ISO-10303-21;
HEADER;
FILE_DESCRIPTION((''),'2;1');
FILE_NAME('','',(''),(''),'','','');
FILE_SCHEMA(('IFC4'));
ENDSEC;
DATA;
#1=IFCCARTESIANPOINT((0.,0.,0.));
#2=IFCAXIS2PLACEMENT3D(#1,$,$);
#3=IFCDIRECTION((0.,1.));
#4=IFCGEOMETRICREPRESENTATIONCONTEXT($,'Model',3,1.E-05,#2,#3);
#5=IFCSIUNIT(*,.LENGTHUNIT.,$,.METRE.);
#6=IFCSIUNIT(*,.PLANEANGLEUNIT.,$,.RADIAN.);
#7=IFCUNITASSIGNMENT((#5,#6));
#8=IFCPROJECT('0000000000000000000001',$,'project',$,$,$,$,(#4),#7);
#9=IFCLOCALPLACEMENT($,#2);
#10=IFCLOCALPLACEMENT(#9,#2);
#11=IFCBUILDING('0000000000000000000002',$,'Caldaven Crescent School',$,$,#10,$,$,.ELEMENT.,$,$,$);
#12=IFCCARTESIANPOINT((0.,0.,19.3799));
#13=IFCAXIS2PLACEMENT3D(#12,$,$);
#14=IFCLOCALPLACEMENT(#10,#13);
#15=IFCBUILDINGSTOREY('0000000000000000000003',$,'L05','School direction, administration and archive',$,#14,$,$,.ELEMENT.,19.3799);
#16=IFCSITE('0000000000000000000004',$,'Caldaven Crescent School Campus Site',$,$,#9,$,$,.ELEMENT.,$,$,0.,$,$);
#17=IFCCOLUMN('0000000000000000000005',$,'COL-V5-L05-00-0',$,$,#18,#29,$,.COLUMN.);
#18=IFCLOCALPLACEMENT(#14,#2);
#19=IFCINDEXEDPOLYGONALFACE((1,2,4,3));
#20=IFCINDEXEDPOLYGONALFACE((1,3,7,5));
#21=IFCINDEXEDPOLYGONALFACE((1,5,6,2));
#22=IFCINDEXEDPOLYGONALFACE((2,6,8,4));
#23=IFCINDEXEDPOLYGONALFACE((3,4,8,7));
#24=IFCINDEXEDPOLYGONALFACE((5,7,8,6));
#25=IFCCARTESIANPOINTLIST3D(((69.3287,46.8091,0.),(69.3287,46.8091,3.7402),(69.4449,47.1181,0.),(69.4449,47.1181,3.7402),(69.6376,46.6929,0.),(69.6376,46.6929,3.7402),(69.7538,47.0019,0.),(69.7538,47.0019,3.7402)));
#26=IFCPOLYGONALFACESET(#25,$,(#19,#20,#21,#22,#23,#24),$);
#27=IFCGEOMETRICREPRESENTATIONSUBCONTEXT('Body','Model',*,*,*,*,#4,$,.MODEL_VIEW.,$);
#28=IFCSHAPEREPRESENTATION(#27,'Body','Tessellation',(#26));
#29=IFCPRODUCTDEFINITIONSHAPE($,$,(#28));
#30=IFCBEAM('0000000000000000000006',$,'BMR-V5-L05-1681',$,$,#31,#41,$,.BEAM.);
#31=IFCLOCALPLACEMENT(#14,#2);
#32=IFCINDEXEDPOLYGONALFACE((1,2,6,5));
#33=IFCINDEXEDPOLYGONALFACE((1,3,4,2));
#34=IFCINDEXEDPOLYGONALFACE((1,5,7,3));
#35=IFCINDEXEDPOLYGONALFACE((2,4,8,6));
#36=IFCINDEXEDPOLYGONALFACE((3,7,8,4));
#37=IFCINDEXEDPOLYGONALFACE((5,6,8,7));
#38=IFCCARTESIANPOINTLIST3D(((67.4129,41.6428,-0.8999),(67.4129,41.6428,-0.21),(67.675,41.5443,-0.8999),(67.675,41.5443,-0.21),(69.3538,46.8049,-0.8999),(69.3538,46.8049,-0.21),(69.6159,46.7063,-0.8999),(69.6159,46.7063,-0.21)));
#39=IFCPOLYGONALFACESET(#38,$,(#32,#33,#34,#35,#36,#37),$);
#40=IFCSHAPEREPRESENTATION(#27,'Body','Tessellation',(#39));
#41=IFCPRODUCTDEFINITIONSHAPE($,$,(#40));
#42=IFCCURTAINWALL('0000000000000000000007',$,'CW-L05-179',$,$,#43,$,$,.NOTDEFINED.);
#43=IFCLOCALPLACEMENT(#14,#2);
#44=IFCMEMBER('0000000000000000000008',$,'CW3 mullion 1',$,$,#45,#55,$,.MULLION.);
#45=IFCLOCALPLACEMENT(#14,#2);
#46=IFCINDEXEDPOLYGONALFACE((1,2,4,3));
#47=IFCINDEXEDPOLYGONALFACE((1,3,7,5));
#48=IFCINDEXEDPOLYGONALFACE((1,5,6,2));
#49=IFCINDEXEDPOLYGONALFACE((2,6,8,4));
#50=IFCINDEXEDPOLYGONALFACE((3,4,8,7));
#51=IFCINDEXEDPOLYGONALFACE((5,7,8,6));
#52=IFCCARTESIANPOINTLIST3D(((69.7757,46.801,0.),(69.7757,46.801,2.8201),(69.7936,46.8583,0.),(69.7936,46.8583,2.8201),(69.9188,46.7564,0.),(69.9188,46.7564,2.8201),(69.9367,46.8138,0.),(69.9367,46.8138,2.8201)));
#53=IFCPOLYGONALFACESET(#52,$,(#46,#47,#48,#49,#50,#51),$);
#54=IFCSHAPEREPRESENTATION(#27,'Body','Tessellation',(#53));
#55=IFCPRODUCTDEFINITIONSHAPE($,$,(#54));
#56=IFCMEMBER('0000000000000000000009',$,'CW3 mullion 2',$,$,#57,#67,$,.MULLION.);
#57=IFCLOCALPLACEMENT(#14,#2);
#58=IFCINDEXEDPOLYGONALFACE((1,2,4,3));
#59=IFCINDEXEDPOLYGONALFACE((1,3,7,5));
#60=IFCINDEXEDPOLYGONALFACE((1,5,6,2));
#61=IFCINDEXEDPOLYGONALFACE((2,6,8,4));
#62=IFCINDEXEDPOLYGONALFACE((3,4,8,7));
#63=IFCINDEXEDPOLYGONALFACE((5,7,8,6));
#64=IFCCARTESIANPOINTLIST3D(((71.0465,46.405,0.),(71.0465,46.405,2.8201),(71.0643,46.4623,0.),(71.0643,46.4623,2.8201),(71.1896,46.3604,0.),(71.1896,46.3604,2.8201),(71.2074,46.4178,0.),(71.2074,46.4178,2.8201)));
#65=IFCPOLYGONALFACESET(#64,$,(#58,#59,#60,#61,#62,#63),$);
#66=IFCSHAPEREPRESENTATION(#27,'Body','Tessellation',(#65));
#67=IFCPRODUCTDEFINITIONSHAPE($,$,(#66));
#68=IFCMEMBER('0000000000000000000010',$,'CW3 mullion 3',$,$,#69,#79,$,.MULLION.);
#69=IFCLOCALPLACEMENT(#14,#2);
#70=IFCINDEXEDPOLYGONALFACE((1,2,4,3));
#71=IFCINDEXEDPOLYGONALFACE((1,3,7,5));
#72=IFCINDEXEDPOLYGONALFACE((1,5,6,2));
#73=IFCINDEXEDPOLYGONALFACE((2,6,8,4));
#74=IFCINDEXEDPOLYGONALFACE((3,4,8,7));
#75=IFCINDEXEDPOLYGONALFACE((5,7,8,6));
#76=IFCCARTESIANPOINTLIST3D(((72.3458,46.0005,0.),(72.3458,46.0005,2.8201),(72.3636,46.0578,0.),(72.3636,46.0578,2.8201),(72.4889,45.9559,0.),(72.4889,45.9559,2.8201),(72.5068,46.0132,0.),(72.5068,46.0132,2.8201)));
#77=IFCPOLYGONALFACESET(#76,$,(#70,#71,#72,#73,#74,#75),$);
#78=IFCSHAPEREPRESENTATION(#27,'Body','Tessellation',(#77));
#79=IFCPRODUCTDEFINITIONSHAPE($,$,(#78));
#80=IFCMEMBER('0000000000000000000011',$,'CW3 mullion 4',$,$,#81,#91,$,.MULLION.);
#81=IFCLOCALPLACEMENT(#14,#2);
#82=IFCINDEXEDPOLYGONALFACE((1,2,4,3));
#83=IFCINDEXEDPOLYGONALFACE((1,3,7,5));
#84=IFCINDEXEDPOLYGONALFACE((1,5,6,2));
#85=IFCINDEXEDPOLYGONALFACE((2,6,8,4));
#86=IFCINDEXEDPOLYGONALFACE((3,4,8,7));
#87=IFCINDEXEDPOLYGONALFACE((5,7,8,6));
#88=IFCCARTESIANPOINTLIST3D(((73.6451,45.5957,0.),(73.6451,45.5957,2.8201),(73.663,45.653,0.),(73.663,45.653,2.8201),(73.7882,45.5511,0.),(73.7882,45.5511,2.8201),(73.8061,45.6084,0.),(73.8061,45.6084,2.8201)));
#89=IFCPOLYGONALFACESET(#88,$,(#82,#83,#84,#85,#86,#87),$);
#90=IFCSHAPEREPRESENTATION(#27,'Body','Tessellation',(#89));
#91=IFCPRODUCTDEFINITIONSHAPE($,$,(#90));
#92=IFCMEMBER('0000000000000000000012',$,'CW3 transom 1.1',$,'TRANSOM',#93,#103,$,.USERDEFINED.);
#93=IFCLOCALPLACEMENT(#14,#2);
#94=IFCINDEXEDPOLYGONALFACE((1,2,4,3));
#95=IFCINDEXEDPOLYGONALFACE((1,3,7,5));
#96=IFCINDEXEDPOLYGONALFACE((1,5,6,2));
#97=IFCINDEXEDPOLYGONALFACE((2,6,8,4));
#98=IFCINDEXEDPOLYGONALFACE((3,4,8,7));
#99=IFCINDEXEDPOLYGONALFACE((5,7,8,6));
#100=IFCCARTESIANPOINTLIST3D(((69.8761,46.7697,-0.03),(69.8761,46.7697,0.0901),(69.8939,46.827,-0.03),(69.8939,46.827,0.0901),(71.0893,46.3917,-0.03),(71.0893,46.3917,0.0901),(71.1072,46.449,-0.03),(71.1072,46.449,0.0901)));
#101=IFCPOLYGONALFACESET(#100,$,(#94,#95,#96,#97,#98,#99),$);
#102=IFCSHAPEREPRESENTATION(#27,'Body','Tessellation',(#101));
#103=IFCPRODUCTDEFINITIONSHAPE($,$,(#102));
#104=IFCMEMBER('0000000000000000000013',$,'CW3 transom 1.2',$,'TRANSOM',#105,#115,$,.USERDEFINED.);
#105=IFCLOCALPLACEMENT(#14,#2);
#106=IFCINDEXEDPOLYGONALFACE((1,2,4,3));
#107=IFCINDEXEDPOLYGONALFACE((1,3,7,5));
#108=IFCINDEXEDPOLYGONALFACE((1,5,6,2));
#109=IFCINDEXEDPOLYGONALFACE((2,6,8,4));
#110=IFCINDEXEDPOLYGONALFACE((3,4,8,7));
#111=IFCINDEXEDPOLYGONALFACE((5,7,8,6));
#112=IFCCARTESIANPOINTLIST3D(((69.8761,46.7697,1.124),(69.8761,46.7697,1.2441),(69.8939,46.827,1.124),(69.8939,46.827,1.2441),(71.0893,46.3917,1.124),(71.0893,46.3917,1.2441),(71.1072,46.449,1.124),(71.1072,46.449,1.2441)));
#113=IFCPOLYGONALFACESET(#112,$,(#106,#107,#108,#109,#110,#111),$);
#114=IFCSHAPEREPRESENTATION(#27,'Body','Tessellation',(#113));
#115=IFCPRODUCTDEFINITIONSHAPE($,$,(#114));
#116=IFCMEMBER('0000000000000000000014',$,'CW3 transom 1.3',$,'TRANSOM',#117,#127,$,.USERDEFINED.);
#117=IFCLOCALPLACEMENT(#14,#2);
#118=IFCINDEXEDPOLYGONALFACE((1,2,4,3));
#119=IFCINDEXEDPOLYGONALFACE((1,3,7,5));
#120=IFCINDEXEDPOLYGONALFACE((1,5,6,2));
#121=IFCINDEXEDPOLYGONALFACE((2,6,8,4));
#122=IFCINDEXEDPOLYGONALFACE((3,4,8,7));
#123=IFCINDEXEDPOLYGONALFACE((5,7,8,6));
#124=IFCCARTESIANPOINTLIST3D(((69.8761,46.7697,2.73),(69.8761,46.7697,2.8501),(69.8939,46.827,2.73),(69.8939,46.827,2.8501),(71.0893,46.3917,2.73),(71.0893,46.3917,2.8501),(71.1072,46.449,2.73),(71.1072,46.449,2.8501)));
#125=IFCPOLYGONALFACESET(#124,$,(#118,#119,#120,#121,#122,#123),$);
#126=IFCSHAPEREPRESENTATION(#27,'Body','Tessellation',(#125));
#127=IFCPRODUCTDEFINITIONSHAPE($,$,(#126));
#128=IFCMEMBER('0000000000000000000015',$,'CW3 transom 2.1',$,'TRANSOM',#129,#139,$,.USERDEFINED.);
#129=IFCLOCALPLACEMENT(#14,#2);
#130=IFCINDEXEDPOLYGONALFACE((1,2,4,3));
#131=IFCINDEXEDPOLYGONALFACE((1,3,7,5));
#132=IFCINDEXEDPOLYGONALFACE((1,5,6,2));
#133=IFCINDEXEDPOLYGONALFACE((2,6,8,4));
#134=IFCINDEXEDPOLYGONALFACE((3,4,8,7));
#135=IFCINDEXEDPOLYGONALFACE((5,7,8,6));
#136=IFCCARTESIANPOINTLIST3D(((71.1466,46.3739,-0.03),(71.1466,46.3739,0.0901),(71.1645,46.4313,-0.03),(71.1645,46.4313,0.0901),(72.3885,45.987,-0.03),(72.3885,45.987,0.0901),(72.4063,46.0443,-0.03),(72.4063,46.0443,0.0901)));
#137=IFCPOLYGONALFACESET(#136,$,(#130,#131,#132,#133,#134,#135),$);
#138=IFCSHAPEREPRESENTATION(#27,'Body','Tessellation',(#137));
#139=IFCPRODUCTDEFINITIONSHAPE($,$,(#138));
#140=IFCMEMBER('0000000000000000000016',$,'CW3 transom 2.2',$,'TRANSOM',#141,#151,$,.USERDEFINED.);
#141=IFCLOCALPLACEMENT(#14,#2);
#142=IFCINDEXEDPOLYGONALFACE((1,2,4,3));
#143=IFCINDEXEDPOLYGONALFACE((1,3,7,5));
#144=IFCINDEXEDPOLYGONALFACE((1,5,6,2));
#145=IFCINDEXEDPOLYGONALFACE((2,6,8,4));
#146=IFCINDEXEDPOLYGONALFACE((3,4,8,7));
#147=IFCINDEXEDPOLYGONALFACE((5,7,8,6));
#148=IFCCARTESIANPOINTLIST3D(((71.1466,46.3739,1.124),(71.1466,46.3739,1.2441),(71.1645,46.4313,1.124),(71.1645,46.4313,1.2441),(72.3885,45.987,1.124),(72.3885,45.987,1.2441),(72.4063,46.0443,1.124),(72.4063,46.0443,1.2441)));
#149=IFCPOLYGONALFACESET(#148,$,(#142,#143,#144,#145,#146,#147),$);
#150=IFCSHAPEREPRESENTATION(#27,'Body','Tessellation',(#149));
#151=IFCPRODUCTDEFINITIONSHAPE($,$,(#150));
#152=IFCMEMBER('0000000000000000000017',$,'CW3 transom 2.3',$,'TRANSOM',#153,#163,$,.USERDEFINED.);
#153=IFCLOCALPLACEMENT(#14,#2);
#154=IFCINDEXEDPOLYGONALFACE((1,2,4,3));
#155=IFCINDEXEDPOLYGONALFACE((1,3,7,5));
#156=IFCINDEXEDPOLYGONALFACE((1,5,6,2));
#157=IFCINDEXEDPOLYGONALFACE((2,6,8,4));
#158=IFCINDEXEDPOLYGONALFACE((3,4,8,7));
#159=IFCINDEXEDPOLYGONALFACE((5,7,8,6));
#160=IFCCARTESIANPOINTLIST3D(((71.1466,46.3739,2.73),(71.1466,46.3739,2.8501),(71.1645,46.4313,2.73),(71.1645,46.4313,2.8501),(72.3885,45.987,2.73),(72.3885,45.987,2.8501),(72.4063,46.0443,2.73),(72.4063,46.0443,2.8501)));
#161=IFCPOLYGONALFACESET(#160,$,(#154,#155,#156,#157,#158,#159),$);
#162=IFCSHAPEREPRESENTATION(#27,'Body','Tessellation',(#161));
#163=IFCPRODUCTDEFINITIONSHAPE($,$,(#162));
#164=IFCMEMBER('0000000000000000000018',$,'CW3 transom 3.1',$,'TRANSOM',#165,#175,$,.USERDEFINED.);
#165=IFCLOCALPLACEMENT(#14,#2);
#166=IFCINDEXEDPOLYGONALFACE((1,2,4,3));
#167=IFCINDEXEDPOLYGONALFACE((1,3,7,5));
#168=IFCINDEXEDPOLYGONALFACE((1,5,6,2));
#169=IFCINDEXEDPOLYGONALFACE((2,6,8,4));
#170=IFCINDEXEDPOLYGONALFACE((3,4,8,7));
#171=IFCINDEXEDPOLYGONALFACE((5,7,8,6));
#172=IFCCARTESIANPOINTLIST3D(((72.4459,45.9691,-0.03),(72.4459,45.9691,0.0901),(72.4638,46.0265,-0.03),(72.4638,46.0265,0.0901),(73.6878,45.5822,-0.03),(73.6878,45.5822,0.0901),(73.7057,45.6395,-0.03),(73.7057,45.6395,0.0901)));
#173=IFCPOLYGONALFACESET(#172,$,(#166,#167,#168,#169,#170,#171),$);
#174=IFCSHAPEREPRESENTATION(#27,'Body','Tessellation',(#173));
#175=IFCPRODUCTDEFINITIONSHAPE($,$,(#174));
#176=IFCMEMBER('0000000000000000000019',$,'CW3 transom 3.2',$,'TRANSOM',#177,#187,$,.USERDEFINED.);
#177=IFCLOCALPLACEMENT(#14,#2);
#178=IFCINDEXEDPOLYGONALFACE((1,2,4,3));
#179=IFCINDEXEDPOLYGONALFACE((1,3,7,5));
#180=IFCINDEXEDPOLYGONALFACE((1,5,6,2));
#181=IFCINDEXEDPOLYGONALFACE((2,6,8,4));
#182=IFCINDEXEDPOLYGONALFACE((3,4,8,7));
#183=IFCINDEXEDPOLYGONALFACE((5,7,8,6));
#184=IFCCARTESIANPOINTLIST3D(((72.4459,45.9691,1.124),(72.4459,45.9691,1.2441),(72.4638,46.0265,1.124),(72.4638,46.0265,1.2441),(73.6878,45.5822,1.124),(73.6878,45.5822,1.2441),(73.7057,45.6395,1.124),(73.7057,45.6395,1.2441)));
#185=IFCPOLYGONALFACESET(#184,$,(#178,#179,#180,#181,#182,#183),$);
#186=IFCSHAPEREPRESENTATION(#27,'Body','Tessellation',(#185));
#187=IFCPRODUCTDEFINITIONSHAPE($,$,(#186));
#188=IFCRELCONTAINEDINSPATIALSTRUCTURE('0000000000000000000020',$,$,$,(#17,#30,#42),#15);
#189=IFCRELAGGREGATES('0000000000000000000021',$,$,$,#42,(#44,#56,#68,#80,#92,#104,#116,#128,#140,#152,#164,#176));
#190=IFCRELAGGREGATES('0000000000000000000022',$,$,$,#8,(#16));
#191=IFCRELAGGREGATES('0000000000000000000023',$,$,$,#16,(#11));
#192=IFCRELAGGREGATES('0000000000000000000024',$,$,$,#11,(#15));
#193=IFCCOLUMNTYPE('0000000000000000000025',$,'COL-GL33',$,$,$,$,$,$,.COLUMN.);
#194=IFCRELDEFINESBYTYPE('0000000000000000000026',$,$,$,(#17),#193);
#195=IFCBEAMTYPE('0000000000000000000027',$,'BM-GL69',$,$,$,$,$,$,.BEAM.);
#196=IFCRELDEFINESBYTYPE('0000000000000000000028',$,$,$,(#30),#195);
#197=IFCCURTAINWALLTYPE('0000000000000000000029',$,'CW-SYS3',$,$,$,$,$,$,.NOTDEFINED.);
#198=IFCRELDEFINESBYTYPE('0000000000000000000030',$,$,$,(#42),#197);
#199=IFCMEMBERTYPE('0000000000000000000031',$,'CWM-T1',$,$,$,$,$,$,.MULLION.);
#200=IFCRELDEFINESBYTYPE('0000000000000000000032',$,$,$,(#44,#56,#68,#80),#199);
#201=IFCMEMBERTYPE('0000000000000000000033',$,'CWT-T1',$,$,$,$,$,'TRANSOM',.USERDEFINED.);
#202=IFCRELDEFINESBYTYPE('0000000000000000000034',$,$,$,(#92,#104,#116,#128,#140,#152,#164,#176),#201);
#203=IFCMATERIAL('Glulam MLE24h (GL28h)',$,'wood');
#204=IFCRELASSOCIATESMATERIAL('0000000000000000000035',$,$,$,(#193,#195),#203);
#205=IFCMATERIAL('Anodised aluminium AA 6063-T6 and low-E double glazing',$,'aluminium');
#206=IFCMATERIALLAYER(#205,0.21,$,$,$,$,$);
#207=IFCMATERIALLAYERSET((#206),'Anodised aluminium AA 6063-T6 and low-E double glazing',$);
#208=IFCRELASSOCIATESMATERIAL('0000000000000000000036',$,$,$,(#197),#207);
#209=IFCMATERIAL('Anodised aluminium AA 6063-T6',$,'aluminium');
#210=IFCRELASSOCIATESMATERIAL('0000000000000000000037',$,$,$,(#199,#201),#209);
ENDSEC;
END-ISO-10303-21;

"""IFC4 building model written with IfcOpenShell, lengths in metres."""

from ifc_helpers import new_model, si_unit, direction, frame, origin, origin_2d, place, context, subcontext, project, spatial, rectangle, extrude, material, layer, layer_set, material_profile, profile_set, type_object, element, aggregate, save


model = new_model("IFC4")

# Units and contexts
model_context = context("Model", 3, precision=1e-05, world=origin(), true_north=direction((0.0, 1.0)))
body_context = subcontext(model_context, "Body", "Model", "MODEL_VIEW")
ifc_project = project(units=[si_unit("LENGTHUNIT", "METRE"), si_unit("PLANEANGLEUNIT", "RADIAN")], contexts=[model_context])

# Site, building, storey
site_placement = place(None, origin())
site = spatial("IfcSite", under=ifc_project, at=site_placement, Name="Caldaven Crescent School Campus Site", CompositionType="ELEMENT", RefElevation=0.0)
building_placement = place(site_placement, origin())
building = spatial("IfcBuilding", under=site, at=building_placement, Name="Caldaven Crescent School", CompositionType="ELEMENT")
storey_placement = place(building_placement, frame((0.0, 0.0, 19.3799)))
storey = spatial("IfcBuildingStorey", under=building, at=storey_placement, Name="L05", Description="School direction, administration and archive", CompositionType="ELEMENT", Elevation=19.3799)

# Column
ifc_material_1 = material(Name="Glulam MLE24h (GL28h)", Category="wood")
ifc_material_profile_1 = material_profile(ifc_material_1, rectangle(XDim=0.3301, YDim=0.3301, at=origin_2d()), Name="MLE 330x330")
ifc_profile_set_1 = profile_set([ifc_material_profile_1], Name="Glulam MLE24h (GL28h)")
column_type = type_object("IfcColumnType", Name="COL-GL33", PredefinedType="COLUMN", material=ifc_profile_set_1)
column_placement = place(storey_placement, frame((69.5413, 46.9055, 0.0), z_axis=(0.0, 0.0, 1.0), x_axis=(-0.352005, -0.935998, 0.0)))
element("IfcColumn", 1, at=column_placement, inside=storey, type_object=column_type, Name="COL-V5-L05-00-0", PredefinedType="COLUMN", context=body_context, shape_type="SweptSolid", body=[
    extrude(rectangle(XDim=0.3301, YDim=0.3301, at=origin_2d()), origin(), (0.0, 0.0, 1.0), 3.7402),
])

# Beam
ifc_material_profile_2 = material_profile(ifc_material_1, rectangle(XDim=0.28, YDim=0.6899, at=origin_2d()), Name="MLE 280x690")
ifc_profile_set_2 = profile_set([ifc_material_profile_2], Name="Glulam MLE24h (GL28h)")
beam_type_1 = type_object("IfcBeamType", Name="BM-GL69", PredefinedType="BEAM", material=ifc_profile_set_2)
beam_1_placement = place(storey_placement, frame((69.4849, 46.7556, -0.5549), z_axis=(-0.351938, -0.936023, 0.0), x_axis=(0.936023, -0.351938, 0.0)))
element("IfcBeam", 2, at=beam_1_placement, inside=storey, type_object=beam_type_1, Name="BMR-V5-L05-1681", PredefinedType="BEAM", context=body_context, shape_type="SweptSolid", body=[
    extrude(rectangle(XDim=0.28, YDim=0.6899, at=origin_2d()), origin(), (0.0, 0.0, 1.0), 5.5149),
])

# Curtain wall, members
ifc_material_2 = material(Name="Anodised aluminium AA 6063-T6 and low-E double glazing", Category="aluminium")
ifc_layer_1 = layer(ifc_material_2, 0.21)
ifc_layer_set_1 = layer_set([ifc_layer_1], Name="Anodised aluminium AA 6063-T6 and low-E double glazing")
curtain_wall_type = type_object("IfcCurtainWallType", Name="CW-SYS3", PredefinedType="NOTDEFINED", material=ifc_layer_set_1)
curtain_wall_placement = place(storey_placement, origin())
curtain_wall = element("IfcCurtainWall", 3, at=curtain_wall_placement, inside=storey, type_object=curtain_wall_type, Name="CW-L05-179", PredefinedType="NOTDEFINED")
ifc_material_3 = material(Name="Anodised aluminium AA 6063-T6", Category="aluminium")
ifc_material_profile_3 = material_profile(ifc_material_3, rectangle(XDim=0.0601, YDim=0.1499, at=origin_2d()), Name="CWM 60x150")
ifc_profile_set_3 = profile_set([ifc_material_profile_3], Name="Anodised aluminium AA 6063-T6")
member_type_1 = type_object("IfcMemberType", Name="CWM-T1", PredefinedType="MULLION", material=ifc_profile_set_3)
member_1_placement = place(storey_placement, frame((69.8562, 46.8074, 0.0), z_axis=(0.0, 0.0, 1.0), x_axis=(0.29742, 0.954747, 0.0)))
member_1 = element("IfcMember", 4, at=member_1_placement, type_object=member_type_1, Name="CW3 mullion 1", PredefinedType="MULLION", context=body_context, shape_type="SweptSolid", body=[
    extrude(rectangle(XDim=0.0601, YDim=0.1499, at=origin_2d()), origin(), (0.0, 0.0, 1.0), 2.8201),
])
member_2_placement = place(storey_placement, frame((71.127, 46.4114, 0.0), z_axis=(0.0, 0.0, 1.0), x_axis=(0.29742, 0.954747, 0.0)))
member_2 = element("IfcMember", 5, at=member_2_placement, type_object=member_type_1, Name="CW3 mullion 2", PredefinedType="MULLION", context=body_context, shape_type="SweptSolid", body=[
    extrude(rectangle(XDim=0.0601, YDim=0.1499, at=origin_2d()), origin(), (0.0, 0.0, 1.0), 2.8201),
])
member_3_placement = place(storey_placement, frame((72.4263, 46.0068, 0.0), z_axis=(0.0, 0.0, 1.0), x_axis=(0.29742, 0.954747, 0.0)))
member_3 = element("IfcMember", 6, at=member_3_placement, type_object=member_type_1, Name="CW3 mullion 3", PredefinedType="MULLION", context=body_context, shape_type="SweptSolid", body=[
    extrude(rectangle(XDim=0.0601, YDim=0.1499, at=origin_2d()), origin(), (0.0, 0.0, 1.0), 2.8201),
])
member_4_placement = place(storey_placement, frame((73.7256, 45.6021, 0.0), z_axis=(0.0, 0.0, 1.0), x_axis=(0.29742, 0.954747, 0.0)))
member_4 = element("IfcMember", 7, at=member_4_placement, type_object=member_type_1, Name="CW3 mullion 4", PredefinedType="MULLION", context=body_context, shape_type="SweptSolid", body=[
    extrude(rectangle(XDim=0.0601, YDim=0.1499, at=origin_2d()), origin(), (0.0, 0.0, 1.0), 2.8201),
])
ifc_material_profile_4 = material_profile(ifc_material_3, rectangle(XDim=0.0601, YDim=0.1201, at=origin_2d()), Name="CWT 60x120")
ifc_profile_set_4 = profile_set([ifc_material_profile_4], Name="Anodised aluminium AA 6063-T6")
member_type_2 = type_object("IfcMemberType", Name="CWT-T1", ElementType="TRANSOM", PredefinedType="USERDEFINED", material=ifc_profile_set_4)
member_5_placement = place(storey_placement, frame((69.885, 46.7983, 0.03), z_axis=(0.954743, -0.297432, 0.0), x_axis=(0.297432, 0.954743, 0.0)))
member_5 = element("IfcMember", 8, at=member_5_placement, type_object=member_type_2, Name="CW3 transom 1.1", ObjectType="TRANSOM", PredefinedType="USERDEFINED", context=body_context, shape_type="SweptSolid", body=[
    extrude(rectangle(XDim=0.0601, YDim=0.1201, at=origin_2d()), origin(), (0.0, 0.0, 1.0), 1.2708),
])
member_6_placement = place(storey_placement, frame((69.885, 46.7983, 1.1841), z_axis=(0.954743, -0.297432, 0.0), x_axis=(0.297432, 0.954743, 0.0)))
member_6 = element("IfcMember", 9, at=member_6_placement, type_object=member_type_2, Name="CW3 transom 1.2", ObjectType="TRANSOM", PredefinedType="USERDEFINED", context=body_context, shape_type="SweptSolid", body=[
    extrude(rectangle(XDim=0.0601, YDim=0.1201, at=origin_2d()), origin(), (0.0, 0.0, 1.0), 1.2708),
])
member_7_placement = place(storey_placement, frame((69.885, 46.7983, 2.79), z_axis=(0.954743, -0.297432, 0.0), x_axis=(0.297432, 0.954743, 0.0)))
member_7 = element("IfcMember", 10, at=member_7_placement, type_object=member_type_2, Name="CW3 transom 1.3", ObjectType="TRANSOM", PredefinedType="USERDEFINED", context=body_context, shape_type="SweptSolid", body=[
    extrude(rectangle(XDim=0.0601, YDim=0.1201, at=origin_2d()), origin(), (0.0, 0.0, 1.0), 1.2708),
])
member_8_placement = place(storey_placement, frame((71.1555, 46.4026, 0.03), z_axis=(0.95473, -0.297473, 0.0), x_axis=(0.297473, 0.95473, 0.0)))
member_8 = element("IfcMember", 11, at=member_8_placement, type_object=member_type_2, Name="CW3 transom 2.1", ObjectType="TRANSOM", PredefinedType="USERDEFINED", context=body_context, shape_type="SweptSolid", body=[
    extrude(rectangle(XDim=0.0601, YDim=0.1201, at=origin_2d()), origin(), (0.0, 0.0, 1.0), 1.3008),
])
member_9_placement = place(storey_placement, frame((71.1555, 46.4026, 1.1841), z_axis=(0.95473, -0.297473, 0.0), x_axis=(0.297473, 0.95473, 0.0)))
member_9 = element("IfcMember", 12, at=member_9_placement, type_object=member_type_2, Name="CW3 transom 2.2", ObjectType="TRANSOM", PredefinedType="USERDEFINED", context=body_context, shape_type="SweptSolid", body=[
    extrude(rectangle(XDim=0.0601, YDim=0.1201, at=origin_2d()), origin(), (0.0, 0.0, 1.0), 1.3008),
])
member_10_placement = place(storey_placement, frame((71.1555, 46.4026, 2.79), z_axis=(0.95473, -0.297473, 0.0), x_axis=(0.297473, 0.95473, 0.0)))
member_10 = element("IfcMember", 13, at=member_10_placement, type_object=member_type_2, Name="CW3 transom 2.3", ObjectType="TRANSOM", PredefinedType="USERDEFINED", context=body_context, shape_type="SweptSolid", body=[
    extrude(rectangle(XDim=0.0601, YDim=0.1201, at=origin_2d()), origin(), (0.0, 0.0, 1.0), 1.3008),
])
member_11_placement = place(storey_placement, frame((72.4548, 45.9978, 0.03), z_axis=(0.95473, -0.297473, 0.0), x_axis=(0.297473, 0.95473, 0.0)))
member_11 = element("IfcMember", 14, at=member_11_placement, type_object=member_type_2, Name="CW3 transom 3.1", ObjectType="TRANSOM", PredefinedType="USERDEFINED", context=body_context, shape_type="SweptSolid", body=[
    extrude(rectangle(XDim=0.0601, YDim=0.1201, at=origin_2d()), origin(), (0.0, 0.0, 1.0), 1.3008),
])
member_12_placement = place(storey_placement, frame((72.4548, 45.9978, 1.1841), z_axis=(0.95473, -0.297473, 0.0), x_axis=(0.297473, 0.95473, 0.0)))
member_12 = element("IfcMember", 15, at=member_12_placement, type_object=member_type_2, Name="CW3 transom 3.2", ObjectType="TRANSOM", PredefinedType="USERDEFINED", context=body_context, shape_type="SweptSolid", body=[
    extrude(rectangle(XDim=0.0601, YDim=0.1201, at=origin_2d()), origin(), (0.0, 0.0, 1.0), 1.3008),
])

aggregate(curtain_wall, [member_1, member_2, member_3, member_4, member_5, member_6, member_7, member_8, member_9, member_10, member_11, member_12])

save(model, "model.ifc")
